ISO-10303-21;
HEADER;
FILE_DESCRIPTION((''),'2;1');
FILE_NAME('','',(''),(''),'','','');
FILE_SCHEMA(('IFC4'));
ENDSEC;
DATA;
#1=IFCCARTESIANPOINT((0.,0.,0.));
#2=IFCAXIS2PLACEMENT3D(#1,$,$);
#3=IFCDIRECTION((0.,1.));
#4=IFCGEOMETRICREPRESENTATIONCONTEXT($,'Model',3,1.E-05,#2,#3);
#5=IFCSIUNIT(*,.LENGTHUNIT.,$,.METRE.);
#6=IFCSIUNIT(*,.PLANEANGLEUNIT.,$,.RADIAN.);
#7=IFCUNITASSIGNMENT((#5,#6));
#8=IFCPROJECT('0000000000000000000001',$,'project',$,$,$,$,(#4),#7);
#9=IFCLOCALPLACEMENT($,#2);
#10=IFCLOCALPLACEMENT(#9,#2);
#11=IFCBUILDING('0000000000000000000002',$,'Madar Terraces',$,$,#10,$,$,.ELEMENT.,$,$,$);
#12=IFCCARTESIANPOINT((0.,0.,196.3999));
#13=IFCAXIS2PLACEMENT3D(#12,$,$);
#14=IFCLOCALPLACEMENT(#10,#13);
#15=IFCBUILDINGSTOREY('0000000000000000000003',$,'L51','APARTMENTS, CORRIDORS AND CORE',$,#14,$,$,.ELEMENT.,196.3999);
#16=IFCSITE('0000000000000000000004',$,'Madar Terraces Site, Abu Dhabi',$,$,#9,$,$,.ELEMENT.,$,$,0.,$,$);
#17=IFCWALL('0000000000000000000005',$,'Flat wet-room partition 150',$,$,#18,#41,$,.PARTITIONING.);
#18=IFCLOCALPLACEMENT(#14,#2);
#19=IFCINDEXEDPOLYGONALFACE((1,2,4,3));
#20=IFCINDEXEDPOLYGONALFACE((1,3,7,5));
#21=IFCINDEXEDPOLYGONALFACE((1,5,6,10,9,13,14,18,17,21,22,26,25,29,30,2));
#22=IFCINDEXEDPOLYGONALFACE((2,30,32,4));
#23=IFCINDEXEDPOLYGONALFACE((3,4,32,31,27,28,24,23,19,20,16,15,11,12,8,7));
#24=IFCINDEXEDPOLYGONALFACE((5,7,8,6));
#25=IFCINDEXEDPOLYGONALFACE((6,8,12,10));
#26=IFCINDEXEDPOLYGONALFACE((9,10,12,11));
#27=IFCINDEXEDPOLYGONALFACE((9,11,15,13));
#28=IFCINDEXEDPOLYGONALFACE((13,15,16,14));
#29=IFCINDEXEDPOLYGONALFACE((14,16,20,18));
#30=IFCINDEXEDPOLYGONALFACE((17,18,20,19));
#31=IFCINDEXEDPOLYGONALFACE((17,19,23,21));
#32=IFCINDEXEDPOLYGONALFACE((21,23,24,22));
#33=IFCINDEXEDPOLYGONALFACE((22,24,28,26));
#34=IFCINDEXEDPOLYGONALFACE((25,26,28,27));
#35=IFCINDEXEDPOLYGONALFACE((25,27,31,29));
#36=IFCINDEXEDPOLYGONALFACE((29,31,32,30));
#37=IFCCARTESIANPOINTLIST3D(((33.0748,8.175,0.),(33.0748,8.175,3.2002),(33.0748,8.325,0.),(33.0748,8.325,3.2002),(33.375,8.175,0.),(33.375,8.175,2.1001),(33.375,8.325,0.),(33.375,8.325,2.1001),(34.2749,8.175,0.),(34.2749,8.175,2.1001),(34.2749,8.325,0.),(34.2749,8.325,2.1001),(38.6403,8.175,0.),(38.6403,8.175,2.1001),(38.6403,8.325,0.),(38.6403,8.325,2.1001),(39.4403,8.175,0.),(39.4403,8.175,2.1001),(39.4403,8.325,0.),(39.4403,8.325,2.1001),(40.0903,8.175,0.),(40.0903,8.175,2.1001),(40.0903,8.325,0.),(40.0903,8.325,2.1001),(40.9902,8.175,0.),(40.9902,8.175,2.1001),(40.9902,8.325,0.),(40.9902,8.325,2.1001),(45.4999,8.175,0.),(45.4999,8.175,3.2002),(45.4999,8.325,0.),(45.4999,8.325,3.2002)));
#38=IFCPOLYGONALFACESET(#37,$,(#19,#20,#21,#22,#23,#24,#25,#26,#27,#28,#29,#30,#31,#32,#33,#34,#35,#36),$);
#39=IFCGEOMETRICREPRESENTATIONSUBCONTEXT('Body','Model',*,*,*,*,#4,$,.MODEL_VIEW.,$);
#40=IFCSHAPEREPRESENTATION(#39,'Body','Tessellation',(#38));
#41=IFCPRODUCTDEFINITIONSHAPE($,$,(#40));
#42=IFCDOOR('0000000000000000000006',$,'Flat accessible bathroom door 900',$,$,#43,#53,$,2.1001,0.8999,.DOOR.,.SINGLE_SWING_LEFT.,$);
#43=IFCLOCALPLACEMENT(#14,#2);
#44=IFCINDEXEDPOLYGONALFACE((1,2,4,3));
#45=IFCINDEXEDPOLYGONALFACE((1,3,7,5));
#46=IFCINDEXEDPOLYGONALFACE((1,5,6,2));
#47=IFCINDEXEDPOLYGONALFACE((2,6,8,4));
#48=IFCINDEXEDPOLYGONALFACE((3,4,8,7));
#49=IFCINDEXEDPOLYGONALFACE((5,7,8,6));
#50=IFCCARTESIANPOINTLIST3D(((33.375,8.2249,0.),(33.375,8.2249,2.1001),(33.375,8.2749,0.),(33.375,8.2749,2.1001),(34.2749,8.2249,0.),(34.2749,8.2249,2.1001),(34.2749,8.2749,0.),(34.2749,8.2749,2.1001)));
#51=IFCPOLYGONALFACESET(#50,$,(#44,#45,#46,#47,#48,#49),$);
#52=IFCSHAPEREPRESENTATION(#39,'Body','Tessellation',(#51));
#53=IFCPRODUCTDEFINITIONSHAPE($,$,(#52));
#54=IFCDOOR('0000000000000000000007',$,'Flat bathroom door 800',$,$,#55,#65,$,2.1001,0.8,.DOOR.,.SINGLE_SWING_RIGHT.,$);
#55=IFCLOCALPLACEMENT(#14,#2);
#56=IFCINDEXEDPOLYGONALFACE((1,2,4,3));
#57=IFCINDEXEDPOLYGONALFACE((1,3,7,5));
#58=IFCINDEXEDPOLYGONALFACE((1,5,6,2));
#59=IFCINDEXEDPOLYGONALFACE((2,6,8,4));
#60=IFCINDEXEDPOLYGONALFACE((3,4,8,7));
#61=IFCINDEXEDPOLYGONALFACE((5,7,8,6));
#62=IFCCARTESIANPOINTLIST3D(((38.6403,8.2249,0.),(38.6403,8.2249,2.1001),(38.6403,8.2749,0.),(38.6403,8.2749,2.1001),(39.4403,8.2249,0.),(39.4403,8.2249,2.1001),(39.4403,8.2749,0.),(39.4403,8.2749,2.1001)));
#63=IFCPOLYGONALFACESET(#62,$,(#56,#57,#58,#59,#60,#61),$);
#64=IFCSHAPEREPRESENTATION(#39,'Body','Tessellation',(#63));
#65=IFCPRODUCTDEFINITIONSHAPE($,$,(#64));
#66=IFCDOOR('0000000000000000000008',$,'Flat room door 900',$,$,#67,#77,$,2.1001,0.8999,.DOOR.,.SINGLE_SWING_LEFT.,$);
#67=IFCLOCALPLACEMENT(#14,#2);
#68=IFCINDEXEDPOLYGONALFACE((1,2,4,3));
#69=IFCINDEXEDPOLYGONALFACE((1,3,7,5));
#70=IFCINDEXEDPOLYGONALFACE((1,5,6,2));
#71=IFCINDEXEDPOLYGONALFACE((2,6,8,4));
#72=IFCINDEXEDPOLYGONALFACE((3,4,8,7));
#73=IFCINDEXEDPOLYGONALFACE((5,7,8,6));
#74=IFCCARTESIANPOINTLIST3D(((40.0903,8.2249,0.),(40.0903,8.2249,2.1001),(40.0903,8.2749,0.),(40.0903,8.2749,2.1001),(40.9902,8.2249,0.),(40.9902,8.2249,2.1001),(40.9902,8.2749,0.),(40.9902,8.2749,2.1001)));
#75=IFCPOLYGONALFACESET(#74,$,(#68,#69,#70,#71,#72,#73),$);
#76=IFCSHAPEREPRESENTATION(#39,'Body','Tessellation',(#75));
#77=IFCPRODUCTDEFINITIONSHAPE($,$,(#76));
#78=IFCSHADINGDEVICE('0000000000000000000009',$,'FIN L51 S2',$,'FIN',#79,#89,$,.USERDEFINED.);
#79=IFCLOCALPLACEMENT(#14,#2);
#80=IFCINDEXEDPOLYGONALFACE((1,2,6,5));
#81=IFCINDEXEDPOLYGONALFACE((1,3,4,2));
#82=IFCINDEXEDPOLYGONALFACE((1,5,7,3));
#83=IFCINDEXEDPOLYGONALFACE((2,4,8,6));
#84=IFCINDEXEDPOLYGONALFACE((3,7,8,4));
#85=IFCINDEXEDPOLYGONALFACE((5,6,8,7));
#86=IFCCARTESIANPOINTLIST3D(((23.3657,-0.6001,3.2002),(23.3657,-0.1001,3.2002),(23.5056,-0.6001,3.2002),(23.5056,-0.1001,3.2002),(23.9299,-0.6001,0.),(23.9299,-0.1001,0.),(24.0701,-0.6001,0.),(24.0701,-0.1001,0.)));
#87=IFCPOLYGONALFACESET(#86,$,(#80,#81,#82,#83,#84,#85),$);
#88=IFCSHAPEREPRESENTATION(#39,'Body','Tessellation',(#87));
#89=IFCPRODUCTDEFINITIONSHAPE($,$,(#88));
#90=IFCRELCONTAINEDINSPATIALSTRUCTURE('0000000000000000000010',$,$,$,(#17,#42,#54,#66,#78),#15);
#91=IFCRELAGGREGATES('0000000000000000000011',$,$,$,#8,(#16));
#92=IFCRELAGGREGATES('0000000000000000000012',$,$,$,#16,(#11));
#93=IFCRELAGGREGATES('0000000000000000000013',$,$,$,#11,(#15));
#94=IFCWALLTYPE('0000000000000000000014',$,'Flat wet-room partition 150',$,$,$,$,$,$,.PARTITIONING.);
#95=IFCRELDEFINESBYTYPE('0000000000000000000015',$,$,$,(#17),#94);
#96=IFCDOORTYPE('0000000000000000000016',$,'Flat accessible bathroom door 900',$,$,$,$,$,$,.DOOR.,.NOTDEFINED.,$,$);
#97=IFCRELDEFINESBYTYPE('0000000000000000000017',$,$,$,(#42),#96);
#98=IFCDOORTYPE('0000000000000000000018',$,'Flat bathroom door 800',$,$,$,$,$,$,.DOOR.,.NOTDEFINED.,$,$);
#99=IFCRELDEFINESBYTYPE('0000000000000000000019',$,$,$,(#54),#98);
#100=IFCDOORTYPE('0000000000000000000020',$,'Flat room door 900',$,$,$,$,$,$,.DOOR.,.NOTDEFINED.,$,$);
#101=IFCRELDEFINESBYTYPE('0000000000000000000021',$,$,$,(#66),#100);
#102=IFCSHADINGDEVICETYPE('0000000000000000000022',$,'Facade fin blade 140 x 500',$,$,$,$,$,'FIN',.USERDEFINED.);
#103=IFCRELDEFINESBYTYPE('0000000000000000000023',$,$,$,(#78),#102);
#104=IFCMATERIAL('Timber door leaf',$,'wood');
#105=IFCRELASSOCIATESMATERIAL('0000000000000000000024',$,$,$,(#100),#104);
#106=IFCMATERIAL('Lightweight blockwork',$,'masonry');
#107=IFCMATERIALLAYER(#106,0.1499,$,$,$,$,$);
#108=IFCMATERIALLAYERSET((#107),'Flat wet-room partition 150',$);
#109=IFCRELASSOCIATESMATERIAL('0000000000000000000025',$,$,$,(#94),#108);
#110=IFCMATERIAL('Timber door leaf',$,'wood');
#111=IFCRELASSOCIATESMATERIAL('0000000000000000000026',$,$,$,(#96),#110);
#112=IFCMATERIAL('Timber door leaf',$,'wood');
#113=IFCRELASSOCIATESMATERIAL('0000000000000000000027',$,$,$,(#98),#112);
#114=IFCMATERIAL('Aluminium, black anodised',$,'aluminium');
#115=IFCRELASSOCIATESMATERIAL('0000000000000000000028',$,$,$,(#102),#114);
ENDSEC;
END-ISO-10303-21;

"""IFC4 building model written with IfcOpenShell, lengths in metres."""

from ifc_helpers import new_model, si_unit, direction, frame, frame_2d, origin, place, context, subcontext, project, spatial, polyline, rectangle, outline, extrude, material, layer, layer_set, type_object, element, fill, save


model = new_model("IFC4")

# Units and contexts
model_context = context("Model", 3, precision=1e-05, world=origin(), true_north=direction((0.0, 1.0)))
body_context = subcontext(model_context, "Body", "Model", "MODEL_VIEW")
ifc_project = project(units=[si_unit("LENGTHUNIT", "METRE"), si_unit("PLANEANGLEUNIT", "RADIAN")], contexts=[model_context])

# Site, building, storey
site_placement = place(None, origin())
site = spatial("IfcSite", under=ifc_project, at=site_placement, Name="Madar Terraces Site, Abu Dhabi", CompositionType="ELEMENT", RefElevation=0.0)
building_placement = place(site_placement, origin())
building = spatial("IfcBuilding", under=site, at=building_placement, Name="Madar Terraces", CompositionType="ELEMENT")
storey_placement = place(building_placement, frame((0.0, 0.0, 196.3999)))
storey = spatial("IfcBuildingStorey", under=building, at=storey_placement, Name="L51", Description="APARTMENTS, CORRIDORS AND CORE", CompositionType="ELEMENT", Elevation=196.3999)

# Shared definitions
ifc_material_1 = material(Name="Timber door leaf", Category="wood")
door_type_1 = type_object("IfcDoorType", Name="Flat room door 900", OperationType="NOTDEFINED", PredefinedType="DOOR", material=ifc_material_1)

# Shared definitions
ifc_material_2 = material(Name="Lightweight blockwork", Category="masonry")
ifc_layer_1 = layer(ifc_material_2, 0.1499)
ifc_layer_set_1 = layer_set([ifc_layer_1], Name="Flat wet-room partition 150")
wall_type_1 = type_object("IfcWallType", Name="Flat wet-room partition 150", PredefinedType="PARTITIONING", material=ifc_layer_set_1)

# Wall, openings, doors
wall_1_placement = place(storey_placement, frame((33.075, 8.25, 0.0), z_axis=(0.0, 0.0, 1.0), x_axis=(1.0, 0.0, 0.0)))
wall_1 = element("IfcWall", 1, at=wall_1_placement, inside=storey, type_object=wall_type_1, Name="Flat wet-room partition 150", PredefinedType="PARTITIONING", context=body_context, shape_type="SweptSolid", body=[
    extrude(rectangle(XDim=12.425, YDim=0.1499, at=frame_2d((6.2124, 0.0))), origin(), (0.0, 0.0, 1.0), 3.2002),
])
opening_1_placement = place(wall_1_placement, frame((0.3, 0.0, 0.0)))
opening_1 = element("IfcOpeningElement", 2, at=opening_1_placement, cuts=wall_1, PredefinedType="OPENING", context=body_context, shape_type="SweptSolid", body=[
    extrude(rectangle(XDim=0.8999, YDim=2.1001, at=frame_2d((0.45, 1.05))), frame((0.0, 0.085, 0.0), z_axis=(0.0, -1.0, 0.0), x_axis=(1.0, 0.0, 0.0)), (0.0, 0.0, 1.0), 0.1699),
])
opening_2_placement = place(wall_1_placement, frame((5.5654, 0.0, 0.0)))
opening_2 = element("IfcOpeningElement", 3, at=opening_2_placement, cuts=wall_1, PredefinedType="OPENING", context=body_context, shape_type="SweptSolid", body=[
    extrude(rectangle(XDim=0.8, YDim=2.1001, at=frame_2d((0.3999, 1.05))), frame((0.0, 0.085, 0.0), z_axis=(0.0, -1.0, 0.0), x_axis=(1.0, 0.0, 0.0)), (0.0, 0.0, 1.0), 0.1699),
])
opening_3_placement = place(wall_1_placement, frame((7.0154, 0.0, 0.0)))
opening_3 = element("IfcOpeningElement", 4, at=opening_3_placement, cuts=wall_1, PredefinedType="OPENING", context=body_context, shape_type="SweptSolid", body=[
    extrude(rectangle(XDim=0.8999, YDim=2.1001, at=frame_2d((0.45, 1.05))), frame((0.0, 0.085, 0.0), z_axis=(0.0, -1.0, 0.0), x_axis=(1.0, 0.0, 0.0)), (0.0, 0.0, 1.0), 0.1699),
])
ifc_material_3 = material(Name="Timber door leaf", Category="wood")
door_type_2 = type_object("IfcDoorType", Name="Flat accessible bathroom door 900", OperationType="NOTDEFINED", PredefinedType="DOOR", material=ifc_material_3)
door_1_placement = place(opening_1_placement, origin())
door_1 = element("IfcDoor", 5, at=door_1_placement, inside=storey, type_object=door_type_2, Name="Flat accessible bathroom door 900", OperationType="SINGLE_SWING_LEFT", OverallHeight=2.1001, OverallWidth=0.8999, PredefinedType="DOOR", context=body_context, shape_type="SweptSolid", body=[
    extrude(rectangle(XDim=0.8999, YDim=2.1001, at=frame_2d((0.45, 1.05))), frame((0.0, 0.0249, 0.0), z_axis=(0.0, -1.0, 0.0), x_axis=(1.0, 0.0, 0.0)), (0.0, 0.0, 1.0), 0.05),
])
fill(opening_1, door_1)
ifc_material_4 = material(Name="Timber door leaf", Category="wood")
door_type_3 = type_object("IfcDoorType", Name="Flat bathroom door 800", OperationType="NOTDEFINED", PredefinedType="DOOR", material=ifc_material_4)
door_2_placement = place(opening_2_placement, origin())
door_2 = element("IfcDoor", 6, at=door_2_placement, inside=storey, type_object=door_type_3, Name="Flat bathroom door 800", OperationType="SINGLE_SWING_RIGHT", OverallHeight=2.1001, OverallWidth=0.8, PredefinedType="DOOR", context=body_context, shape_type="SweptSolid", body=[
    extrude(rectangle(XDim=0.8, YDim=2.1001, at=frame_2d((0.3999, 1.05))), frame((0.0, 0.0249, 0.0), z_axis=(0.0, -1.0, 0.0), x_axis=(1.0, 0.0, 0.0)), (0.0, 0.0, 1.0), 0.05),
])
fill(opening_2, door_2)
door_3_placement = place(opening_3_placement, origin())
door_3 = element("IfcDoor", 7, at=door_3_placement, inside=storey, type_object=door_type_1, Name="Flat room door 900", OperationType="SINGLE_SWING_LEFT", OverallHeight=2.1001, OverallWidth=0.8999, PredefinedType="DOOR", context=body_context, shape_type="SweptSolid", body=[
    extrude(rectangle(XDim=0.8999, YDim=2.1001, at=frame_2d((0.45, 1.05))), frame((0.0, 0.0249, 0.0), z_axis=(0.0, -1.0, 0.0), x_axis=(1.0, 0.0, 0.0)), (0.0, 0.0, 1.0), 0.05),
])
fill(opening_3, door_3)

# Shading device
ifc_material_5 = material(Name="Aluminium, black anodised", Category="aluminium")
shading_device_type = type_object("IfcShadingDeviceType", Name="Facade fin blade 140 x 500", ElementType="FIN", PredefinedType="USERDEFINED", material=ifc_material_5)
shading_device_placement = place(storey_placement, frame((23.9299, -0.3501, 0.0), z_axis=(0.0, 0.0, 1.0), x_axis=(1.0, 0.0, 0.0)))
element("IfcShadingDevice", 8, at=shading_device_placement, inside=storey, type_object=shading_device_type, Name="FIN L51 S2", ObjectType="FIN", PredefinedType="USERDEFINED", context=body_context, shape_type="SweptSolid", body=[
    extrude(outline(polyline([(0.0, 0.0), (0.1401, 0.0), (-0.4243, 3.2002), (-0.5642, 3.2002), (0.0, 0.0)])), frame((0.0, 0.25, 0.0), z_axis=(0.0, -1.0, 0.0), x_axis=(1.0, 0.0, 0.0)), (0.0, 0.0, 1.0), 0.5),
])

save(model, "model.ifc")
